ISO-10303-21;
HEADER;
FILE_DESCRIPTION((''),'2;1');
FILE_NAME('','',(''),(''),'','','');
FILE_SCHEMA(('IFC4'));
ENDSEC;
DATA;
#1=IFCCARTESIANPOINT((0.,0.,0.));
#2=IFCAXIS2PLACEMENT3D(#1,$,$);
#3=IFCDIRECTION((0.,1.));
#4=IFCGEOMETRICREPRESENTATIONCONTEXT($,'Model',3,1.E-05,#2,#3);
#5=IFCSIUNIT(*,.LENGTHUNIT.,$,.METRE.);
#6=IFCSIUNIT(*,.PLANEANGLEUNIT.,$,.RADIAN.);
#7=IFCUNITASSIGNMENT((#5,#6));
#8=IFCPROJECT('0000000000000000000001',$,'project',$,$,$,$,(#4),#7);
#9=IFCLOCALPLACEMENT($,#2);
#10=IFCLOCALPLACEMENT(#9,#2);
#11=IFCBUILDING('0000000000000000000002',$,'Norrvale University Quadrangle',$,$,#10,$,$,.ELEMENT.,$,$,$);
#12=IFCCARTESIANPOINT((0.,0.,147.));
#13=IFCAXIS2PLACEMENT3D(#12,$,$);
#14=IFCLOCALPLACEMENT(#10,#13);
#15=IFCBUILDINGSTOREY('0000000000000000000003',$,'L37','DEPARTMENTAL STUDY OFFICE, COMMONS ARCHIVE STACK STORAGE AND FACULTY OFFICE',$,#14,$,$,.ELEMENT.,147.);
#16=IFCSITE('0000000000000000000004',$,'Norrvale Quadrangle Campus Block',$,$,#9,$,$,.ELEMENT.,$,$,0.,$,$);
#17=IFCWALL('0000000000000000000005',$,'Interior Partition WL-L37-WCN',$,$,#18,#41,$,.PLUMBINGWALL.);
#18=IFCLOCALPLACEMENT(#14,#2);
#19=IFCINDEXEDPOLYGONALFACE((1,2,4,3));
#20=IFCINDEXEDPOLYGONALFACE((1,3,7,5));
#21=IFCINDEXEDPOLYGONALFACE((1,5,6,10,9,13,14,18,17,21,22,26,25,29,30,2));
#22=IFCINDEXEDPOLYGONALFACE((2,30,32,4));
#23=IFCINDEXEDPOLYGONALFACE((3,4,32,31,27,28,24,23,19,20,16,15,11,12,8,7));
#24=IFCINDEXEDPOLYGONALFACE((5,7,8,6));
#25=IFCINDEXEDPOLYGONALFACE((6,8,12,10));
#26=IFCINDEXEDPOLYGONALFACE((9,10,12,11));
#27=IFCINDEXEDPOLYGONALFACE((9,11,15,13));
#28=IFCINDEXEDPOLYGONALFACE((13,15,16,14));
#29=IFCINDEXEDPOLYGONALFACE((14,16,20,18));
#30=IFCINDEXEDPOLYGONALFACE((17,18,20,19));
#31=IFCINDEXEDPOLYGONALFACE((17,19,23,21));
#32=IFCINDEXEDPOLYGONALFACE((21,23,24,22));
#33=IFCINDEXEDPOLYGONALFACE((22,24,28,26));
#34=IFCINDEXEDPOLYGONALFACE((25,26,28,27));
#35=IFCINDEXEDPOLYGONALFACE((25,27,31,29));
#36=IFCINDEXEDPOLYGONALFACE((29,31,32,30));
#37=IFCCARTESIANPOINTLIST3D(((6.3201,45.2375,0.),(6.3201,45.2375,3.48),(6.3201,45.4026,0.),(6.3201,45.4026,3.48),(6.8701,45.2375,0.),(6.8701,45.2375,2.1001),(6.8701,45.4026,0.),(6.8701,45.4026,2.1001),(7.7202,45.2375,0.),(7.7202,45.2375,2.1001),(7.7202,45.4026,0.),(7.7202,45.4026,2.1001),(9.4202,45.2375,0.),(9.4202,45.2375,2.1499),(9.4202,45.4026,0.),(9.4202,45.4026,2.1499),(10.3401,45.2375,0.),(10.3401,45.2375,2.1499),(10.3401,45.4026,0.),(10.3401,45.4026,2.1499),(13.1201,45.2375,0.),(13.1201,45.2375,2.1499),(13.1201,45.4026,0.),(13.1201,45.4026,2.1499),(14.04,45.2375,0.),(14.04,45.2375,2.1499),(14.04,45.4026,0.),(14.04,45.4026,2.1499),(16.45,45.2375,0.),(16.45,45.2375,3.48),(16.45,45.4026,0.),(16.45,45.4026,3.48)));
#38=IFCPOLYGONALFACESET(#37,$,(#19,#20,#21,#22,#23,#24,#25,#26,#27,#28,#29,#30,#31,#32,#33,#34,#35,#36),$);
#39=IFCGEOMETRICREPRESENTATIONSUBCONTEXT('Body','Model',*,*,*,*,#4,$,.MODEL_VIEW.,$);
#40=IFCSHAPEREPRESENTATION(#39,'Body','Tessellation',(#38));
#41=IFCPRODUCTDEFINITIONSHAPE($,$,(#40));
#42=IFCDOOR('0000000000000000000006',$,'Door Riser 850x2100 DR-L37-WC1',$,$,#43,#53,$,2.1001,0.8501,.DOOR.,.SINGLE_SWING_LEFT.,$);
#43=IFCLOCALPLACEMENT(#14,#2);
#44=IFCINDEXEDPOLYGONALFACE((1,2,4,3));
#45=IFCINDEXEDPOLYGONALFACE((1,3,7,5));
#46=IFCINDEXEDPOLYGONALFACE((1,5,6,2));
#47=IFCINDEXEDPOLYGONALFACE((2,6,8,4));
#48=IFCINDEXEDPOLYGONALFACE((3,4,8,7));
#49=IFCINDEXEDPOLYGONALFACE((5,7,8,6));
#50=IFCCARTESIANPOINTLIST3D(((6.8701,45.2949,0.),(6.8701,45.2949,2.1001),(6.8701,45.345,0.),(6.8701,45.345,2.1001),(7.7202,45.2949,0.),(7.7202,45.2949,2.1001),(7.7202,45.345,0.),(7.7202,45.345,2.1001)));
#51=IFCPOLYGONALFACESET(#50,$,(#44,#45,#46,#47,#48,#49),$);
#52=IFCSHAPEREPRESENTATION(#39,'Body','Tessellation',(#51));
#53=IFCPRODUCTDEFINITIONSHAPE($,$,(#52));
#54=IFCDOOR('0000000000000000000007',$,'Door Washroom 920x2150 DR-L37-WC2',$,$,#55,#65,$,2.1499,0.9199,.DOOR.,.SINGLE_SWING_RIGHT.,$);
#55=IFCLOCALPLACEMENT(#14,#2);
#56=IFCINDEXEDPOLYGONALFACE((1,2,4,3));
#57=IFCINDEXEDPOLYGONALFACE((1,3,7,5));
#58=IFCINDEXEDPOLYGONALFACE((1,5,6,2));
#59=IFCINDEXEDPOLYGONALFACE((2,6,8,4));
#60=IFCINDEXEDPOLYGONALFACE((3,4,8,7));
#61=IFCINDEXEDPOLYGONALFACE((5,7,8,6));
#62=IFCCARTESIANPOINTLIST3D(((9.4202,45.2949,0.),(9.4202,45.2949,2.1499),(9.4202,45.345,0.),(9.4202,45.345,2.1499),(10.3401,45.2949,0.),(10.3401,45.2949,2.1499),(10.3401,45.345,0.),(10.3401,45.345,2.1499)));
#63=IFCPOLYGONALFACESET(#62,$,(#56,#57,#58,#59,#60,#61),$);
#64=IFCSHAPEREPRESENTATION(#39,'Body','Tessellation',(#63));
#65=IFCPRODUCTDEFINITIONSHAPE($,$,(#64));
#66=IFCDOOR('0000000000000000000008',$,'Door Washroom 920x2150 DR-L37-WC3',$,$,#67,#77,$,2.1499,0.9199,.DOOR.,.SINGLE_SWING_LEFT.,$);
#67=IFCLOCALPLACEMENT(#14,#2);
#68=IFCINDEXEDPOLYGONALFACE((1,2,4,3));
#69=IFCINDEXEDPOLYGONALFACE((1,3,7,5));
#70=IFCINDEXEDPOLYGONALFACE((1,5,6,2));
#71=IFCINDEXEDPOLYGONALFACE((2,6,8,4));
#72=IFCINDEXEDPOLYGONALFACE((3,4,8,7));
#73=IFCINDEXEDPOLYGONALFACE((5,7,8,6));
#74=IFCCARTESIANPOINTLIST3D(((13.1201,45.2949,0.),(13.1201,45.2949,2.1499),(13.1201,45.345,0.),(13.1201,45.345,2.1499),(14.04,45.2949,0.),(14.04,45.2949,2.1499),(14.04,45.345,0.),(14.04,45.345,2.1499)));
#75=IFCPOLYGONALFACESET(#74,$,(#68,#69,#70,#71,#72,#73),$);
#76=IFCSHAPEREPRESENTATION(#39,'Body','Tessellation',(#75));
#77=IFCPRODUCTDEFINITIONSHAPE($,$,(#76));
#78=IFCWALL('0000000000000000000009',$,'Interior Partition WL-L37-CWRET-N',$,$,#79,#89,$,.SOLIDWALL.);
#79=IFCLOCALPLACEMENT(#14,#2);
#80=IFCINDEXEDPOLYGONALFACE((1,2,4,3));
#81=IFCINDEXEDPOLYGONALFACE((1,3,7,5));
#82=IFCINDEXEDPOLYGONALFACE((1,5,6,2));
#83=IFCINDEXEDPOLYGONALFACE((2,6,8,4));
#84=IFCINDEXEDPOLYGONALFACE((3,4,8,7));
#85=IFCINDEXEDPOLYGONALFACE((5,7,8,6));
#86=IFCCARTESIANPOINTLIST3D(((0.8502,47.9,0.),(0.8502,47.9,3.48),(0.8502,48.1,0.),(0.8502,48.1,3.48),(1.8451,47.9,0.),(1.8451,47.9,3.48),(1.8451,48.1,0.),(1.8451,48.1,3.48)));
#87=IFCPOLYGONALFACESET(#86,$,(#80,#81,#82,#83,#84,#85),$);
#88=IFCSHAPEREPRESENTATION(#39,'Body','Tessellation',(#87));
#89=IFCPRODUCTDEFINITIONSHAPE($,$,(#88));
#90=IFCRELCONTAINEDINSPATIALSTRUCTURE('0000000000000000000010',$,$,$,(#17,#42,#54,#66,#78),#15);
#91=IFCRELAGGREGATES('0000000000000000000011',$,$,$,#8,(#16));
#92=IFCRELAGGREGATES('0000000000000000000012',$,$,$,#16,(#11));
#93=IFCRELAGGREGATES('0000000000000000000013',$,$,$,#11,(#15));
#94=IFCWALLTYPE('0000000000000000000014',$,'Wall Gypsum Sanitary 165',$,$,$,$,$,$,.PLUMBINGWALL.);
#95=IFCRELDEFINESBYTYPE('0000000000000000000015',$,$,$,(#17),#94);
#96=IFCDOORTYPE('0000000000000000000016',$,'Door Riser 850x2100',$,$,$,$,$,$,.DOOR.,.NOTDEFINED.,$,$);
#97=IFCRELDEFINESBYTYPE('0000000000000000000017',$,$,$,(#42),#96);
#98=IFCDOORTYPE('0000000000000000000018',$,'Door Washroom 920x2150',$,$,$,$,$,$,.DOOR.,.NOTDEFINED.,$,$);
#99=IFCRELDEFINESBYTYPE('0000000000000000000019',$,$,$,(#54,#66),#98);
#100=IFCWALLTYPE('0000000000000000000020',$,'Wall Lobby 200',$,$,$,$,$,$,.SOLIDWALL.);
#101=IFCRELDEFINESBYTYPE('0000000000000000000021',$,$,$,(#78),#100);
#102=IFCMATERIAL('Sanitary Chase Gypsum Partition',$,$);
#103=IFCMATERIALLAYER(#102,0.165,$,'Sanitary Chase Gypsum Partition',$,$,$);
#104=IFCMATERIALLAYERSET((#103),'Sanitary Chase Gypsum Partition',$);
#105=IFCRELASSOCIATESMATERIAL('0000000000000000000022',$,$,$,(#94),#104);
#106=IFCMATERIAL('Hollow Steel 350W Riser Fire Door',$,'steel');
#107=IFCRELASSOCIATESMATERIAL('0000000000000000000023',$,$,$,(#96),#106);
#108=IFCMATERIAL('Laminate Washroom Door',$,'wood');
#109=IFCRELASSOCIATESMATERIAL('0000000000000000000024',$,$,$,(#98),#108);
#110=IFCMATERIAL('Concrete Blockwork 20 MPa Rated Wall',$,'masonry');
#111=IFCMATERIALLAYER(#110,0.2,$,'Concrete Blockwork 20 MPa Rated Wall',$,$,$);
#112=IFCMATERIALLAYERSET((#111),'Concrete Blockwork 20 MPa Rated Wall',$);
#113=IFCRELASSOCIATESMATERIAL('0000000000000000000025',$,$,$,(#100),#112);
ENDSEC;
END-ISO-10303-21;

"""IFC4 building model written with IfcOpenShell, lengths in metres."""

from ifc_helpers import new_model, si_unit, direction, frame, frame_2d, origin, place, context, subcontext, project, spatial, rectangle, extrude, material, layer, layer_set, type_object, element, fill, save


model = new_model("IFC4")

# Units and contexts
model_context = context("Model", 3, precision=1e-05, world=origin(), true_north=direction((0.0, 1.0)))
body_context = subcontext(model_context, "Body", "Model", "MODEL_VIEW")
ifc_project = project(units=[si_unit("LENGTHUNIT", "METRE"), si_unit("PLANEANGLEUNIT", "RADIAN")], contexts=[model_context])

# Site, building, storey
site_placement = place(None, origin())
site = spatial("IfcSite", under=ifc_project, at=site_placement, Name="Norrvale Quadrangle Campus Block", CompositionType="ELEMENT", RefElevation=0.0)
building_placement = place(site_placement, origin())
building = spatial("IfcBuilding", under=site, at=building_placement, Name="Norrvale University Quadrangle", CompositionType="ELEMENT")
storey_placement = place(building_placement, frame((0.0, 0.0, 147.0)))
storey = spatial("IfcBuildingStorey", under=building, at=storey_placement, Name="L37", Description="DEPARTMENTAL STUDY OFFICE, COMMONS ARCHIVE STACK STORAGE AND FACULTY OFFICE", CompositionType="ELEMENT", Elevation=147.0)

# Wall, openings, doors
ifc_material_1 = material(Name="Sanitary Chase Gypsum Partition")
ifc_layer_1 = layer(ifc_material_1, 0.165, Name="Sanitary Chase Gypsum Partition")
ifc_layer_set_1 = layer_set([ifc_layer_1], Name="Sanitary Chase Gypsum Partition")
wall_type_1 = type_object("IfcWallType", Name="Wall Gypsum Sanitary 165", PredefinedType="PLUMBINGWALL", material=ifc_layer_set_1)
wall_1_placement = place(storey_placement, frame((6.3201, 45.3201, 0.0), z_axis=(0.0, 0.0, 1.0), x_axis=(1.0, 0.0, 0.0)))
wall_1 = element("IfcWall", 1, at=wall_1_placement, inside=storey, type_object=wall_type_1, Name="Interior Partition WL-L37-WCN", PredefinedType="PLUMBINGWALL", context=body_context, shape_type="SweptSolid", body=[
    extrude(rectangle(XDim=10.1299, YDim=0.165, at=frame_2d((5.0649, 0.0))), origin(), (0.0, 0.0, 1.0), 3.48),
])
opening_1_placement = place(wall_1_placement, frame((0.55, 0.0, 0.0)))
opening_1 = element("IfcOpeningElement", 2, at=opening_1_placement, cuts=wall_1, PredefinedType="OPENING", context=body_context, shape_type="SweptSolid", body=[
    extrude(rectangle(XDim=0.8501, YDim=2.1001, at=frame_2d((0.425, 1.05))), frame((0.0, 0.0945, 0.0), z_axis=(0.0, -1.0, 0.0), x_axis=(1.0, 0.0, 0.0)), (0.0, 0.0, 1.0), 0.189),
])
opening_2_placement = place(wall_1_placement, frame((3.1001, 0.0, 0.0)))
opening_2 = element("IfcOpeningElement", 3, at=opening_2_placement, cuts=wall_1, PredefinedType="OPENING", context=body_context, shape_type="SweptSolid", body=[
    extrude(rectangle(XDim=0.9199, YDim=2.1499, at=frame_2d((0.46, 1.075))), frame((0.0, 0.0945, 0.0), z_axis=(0.0, -1.0, 0.0), x_axis=(1.0, 0.0, 0.0)), (0.0, 0.0, 1.0), 0.189),
])
opening_3_placement = place(wall_1_placement, frame((6.8, 0.0, 0.0)))
opening_3 = element("IfcOpeningElement", 4, at=opening_3_placement, cuts=wall_1, PredefinedType="OPENING", context=body_context, shape_type="SweptSolid", body=[
    extrude(rectangle(XDim=0.9199, YDim=2.1499, at=frame_2d((0.46, 1.075))), frame((0.0, 0.0945, 0.0), z_axis=(0.0, -1.0, 0.0), x_axis=(1.0, 0.0, 0.0)), (0.0, 0.0, 1.0), 0.189),
])
ifc_material_2 = material(Name="Hollow Steel 350W Riser Fire Door", Category="steel")
door_type_1 = type_object("IfcDoorType", Name="Door Riser 850x2100", OperationType="NOTDEFINED", PredefinedType="DOOR", material=ifc_material_2)
door_1_placement = place(opening_1_placement, origin())
door_1 = element("IfcDoor", 5, at=door_1_placement, inside=storey, type_object=door_type_1, Name="Door Riser 850x2100 DR-L37-WC1", OperationType="SINGLE_SWING_LEFT", OverallHeight=2.1001, OverallWidth=0.8501, PredefinedType="DOOR", context=body_context, shape_type="SweptSolid", body=[
    extrude(rectangle(XDim=0.8501, YDim=2.1001, at=frame_2d((0.425, 1.05))), frame((0.0, 0.0249, 0.0), z_axis=(0.0, -1.0, 0.0), x_axis=(1.0, 0.0, 0.0)), (0.0, 0.0, 1.0), 0.05),
])
fill(opening_1, door_1)
ifc_material_3 = material(Name="Laminate Washroom Door", Category="wood")
door_type_2 = type_object("IfcDoorType", Name="Door Washroom 920x2150", OperationType="NOTDEFINED", PredefinedType="DOOR", material=ifc_material_3)
door_2_placement = place(opening_2_placement, origin())
door_2 = element("IfcDoor", 6, at=door_2_placement, inside=storey, type_object=door_type_2, Name="Door Washroom 920x2150 DR-L37-WC2", OperationType="SINGLE_SWING_RIGHT", OverallHeight=2.1499, OverallWidth=0.9199, PredefinedType="DOOR", context=body_context, shape_type="SweptSolid", body=[
    extrude(rectangle(XDim=0.9199, YDim=2.1499, at=frame_2d((0.46, 1.075))), frame((0.0, 0.0249, 0.0), z_axis=(0.0, -1.0, 0.0), x_axis=(1.0, 0.0, 0.0)), (0.0, 0.0, 1.0), 0.05),
])
fill(opening_2, door_2)
door_3_placement = place(opening_3_placement, origin())
door_3 = element("IfcDoor", 7, at=door_3_placement, inside=storey, type_object=door_type_2, Name="Door Washroom 920x2150 DR-L37-WC3", OperationType="SINGLE_SWING_LEFT", OverallHeight=2.1499, OverallWidth=0.9199, PredefinedType="DOOR", context=body_context, shape_type="SweptSolid", body=[
    extrude(rectangle(XDim=0.9199, YDim=2.1499, at=frame_2d((0.46, 1.075))), frame((0.0, 0.0249, 0.0), z_axis=(0.0, -1.0, 0.0), x_axis=(1.0, 0.0, 0.0)), (0.0, 0.0, 1.0), 0.05),
])
fill(opening_3, door_3)

# Wall
ifc_material_4 = material(Name="Concrete Blockwork 20 MPa Rated Wall", Category="masonry")
ifc_layer_2 = layer(ifc_material_4, 0.2, Name="Concrete Blockwork 20 MPa Rated Wall")
ifc_layer_set_2 = layer_set([ifc_layer_2], Name="Concrete Blockwork 20 MPa Rated Wall")
wall_type_2 = type_object("IfcWallType", Name="Wall Lobby 200", PredefinedType="SOLIDWALL", material=ifc_layer_set_2)
wall_2_placement = place(storey_placement, frame((0.8501, 48.0, 0.0), z_axis=(0.0, 0.0, 1.0), x_axis=(1.0, 0.0, 0.0)))
element("IfcWall", 8, at=wall_2_placement, inside=storey, type_object=wall_type_2, Name="Interior Partition WL-L37-CWRET-N", PredefinedType="SOLIDWALL", context=body_context, shape_type="SweptSolid", body=[
    extrude(rectangle(XDim=0.9949, YDim=0.2, at=frame_2d((0.4976, 0.0))), origin(), (0.0, 0.0, 1.0), 3.48),
])

save(model, "model.ifc")
